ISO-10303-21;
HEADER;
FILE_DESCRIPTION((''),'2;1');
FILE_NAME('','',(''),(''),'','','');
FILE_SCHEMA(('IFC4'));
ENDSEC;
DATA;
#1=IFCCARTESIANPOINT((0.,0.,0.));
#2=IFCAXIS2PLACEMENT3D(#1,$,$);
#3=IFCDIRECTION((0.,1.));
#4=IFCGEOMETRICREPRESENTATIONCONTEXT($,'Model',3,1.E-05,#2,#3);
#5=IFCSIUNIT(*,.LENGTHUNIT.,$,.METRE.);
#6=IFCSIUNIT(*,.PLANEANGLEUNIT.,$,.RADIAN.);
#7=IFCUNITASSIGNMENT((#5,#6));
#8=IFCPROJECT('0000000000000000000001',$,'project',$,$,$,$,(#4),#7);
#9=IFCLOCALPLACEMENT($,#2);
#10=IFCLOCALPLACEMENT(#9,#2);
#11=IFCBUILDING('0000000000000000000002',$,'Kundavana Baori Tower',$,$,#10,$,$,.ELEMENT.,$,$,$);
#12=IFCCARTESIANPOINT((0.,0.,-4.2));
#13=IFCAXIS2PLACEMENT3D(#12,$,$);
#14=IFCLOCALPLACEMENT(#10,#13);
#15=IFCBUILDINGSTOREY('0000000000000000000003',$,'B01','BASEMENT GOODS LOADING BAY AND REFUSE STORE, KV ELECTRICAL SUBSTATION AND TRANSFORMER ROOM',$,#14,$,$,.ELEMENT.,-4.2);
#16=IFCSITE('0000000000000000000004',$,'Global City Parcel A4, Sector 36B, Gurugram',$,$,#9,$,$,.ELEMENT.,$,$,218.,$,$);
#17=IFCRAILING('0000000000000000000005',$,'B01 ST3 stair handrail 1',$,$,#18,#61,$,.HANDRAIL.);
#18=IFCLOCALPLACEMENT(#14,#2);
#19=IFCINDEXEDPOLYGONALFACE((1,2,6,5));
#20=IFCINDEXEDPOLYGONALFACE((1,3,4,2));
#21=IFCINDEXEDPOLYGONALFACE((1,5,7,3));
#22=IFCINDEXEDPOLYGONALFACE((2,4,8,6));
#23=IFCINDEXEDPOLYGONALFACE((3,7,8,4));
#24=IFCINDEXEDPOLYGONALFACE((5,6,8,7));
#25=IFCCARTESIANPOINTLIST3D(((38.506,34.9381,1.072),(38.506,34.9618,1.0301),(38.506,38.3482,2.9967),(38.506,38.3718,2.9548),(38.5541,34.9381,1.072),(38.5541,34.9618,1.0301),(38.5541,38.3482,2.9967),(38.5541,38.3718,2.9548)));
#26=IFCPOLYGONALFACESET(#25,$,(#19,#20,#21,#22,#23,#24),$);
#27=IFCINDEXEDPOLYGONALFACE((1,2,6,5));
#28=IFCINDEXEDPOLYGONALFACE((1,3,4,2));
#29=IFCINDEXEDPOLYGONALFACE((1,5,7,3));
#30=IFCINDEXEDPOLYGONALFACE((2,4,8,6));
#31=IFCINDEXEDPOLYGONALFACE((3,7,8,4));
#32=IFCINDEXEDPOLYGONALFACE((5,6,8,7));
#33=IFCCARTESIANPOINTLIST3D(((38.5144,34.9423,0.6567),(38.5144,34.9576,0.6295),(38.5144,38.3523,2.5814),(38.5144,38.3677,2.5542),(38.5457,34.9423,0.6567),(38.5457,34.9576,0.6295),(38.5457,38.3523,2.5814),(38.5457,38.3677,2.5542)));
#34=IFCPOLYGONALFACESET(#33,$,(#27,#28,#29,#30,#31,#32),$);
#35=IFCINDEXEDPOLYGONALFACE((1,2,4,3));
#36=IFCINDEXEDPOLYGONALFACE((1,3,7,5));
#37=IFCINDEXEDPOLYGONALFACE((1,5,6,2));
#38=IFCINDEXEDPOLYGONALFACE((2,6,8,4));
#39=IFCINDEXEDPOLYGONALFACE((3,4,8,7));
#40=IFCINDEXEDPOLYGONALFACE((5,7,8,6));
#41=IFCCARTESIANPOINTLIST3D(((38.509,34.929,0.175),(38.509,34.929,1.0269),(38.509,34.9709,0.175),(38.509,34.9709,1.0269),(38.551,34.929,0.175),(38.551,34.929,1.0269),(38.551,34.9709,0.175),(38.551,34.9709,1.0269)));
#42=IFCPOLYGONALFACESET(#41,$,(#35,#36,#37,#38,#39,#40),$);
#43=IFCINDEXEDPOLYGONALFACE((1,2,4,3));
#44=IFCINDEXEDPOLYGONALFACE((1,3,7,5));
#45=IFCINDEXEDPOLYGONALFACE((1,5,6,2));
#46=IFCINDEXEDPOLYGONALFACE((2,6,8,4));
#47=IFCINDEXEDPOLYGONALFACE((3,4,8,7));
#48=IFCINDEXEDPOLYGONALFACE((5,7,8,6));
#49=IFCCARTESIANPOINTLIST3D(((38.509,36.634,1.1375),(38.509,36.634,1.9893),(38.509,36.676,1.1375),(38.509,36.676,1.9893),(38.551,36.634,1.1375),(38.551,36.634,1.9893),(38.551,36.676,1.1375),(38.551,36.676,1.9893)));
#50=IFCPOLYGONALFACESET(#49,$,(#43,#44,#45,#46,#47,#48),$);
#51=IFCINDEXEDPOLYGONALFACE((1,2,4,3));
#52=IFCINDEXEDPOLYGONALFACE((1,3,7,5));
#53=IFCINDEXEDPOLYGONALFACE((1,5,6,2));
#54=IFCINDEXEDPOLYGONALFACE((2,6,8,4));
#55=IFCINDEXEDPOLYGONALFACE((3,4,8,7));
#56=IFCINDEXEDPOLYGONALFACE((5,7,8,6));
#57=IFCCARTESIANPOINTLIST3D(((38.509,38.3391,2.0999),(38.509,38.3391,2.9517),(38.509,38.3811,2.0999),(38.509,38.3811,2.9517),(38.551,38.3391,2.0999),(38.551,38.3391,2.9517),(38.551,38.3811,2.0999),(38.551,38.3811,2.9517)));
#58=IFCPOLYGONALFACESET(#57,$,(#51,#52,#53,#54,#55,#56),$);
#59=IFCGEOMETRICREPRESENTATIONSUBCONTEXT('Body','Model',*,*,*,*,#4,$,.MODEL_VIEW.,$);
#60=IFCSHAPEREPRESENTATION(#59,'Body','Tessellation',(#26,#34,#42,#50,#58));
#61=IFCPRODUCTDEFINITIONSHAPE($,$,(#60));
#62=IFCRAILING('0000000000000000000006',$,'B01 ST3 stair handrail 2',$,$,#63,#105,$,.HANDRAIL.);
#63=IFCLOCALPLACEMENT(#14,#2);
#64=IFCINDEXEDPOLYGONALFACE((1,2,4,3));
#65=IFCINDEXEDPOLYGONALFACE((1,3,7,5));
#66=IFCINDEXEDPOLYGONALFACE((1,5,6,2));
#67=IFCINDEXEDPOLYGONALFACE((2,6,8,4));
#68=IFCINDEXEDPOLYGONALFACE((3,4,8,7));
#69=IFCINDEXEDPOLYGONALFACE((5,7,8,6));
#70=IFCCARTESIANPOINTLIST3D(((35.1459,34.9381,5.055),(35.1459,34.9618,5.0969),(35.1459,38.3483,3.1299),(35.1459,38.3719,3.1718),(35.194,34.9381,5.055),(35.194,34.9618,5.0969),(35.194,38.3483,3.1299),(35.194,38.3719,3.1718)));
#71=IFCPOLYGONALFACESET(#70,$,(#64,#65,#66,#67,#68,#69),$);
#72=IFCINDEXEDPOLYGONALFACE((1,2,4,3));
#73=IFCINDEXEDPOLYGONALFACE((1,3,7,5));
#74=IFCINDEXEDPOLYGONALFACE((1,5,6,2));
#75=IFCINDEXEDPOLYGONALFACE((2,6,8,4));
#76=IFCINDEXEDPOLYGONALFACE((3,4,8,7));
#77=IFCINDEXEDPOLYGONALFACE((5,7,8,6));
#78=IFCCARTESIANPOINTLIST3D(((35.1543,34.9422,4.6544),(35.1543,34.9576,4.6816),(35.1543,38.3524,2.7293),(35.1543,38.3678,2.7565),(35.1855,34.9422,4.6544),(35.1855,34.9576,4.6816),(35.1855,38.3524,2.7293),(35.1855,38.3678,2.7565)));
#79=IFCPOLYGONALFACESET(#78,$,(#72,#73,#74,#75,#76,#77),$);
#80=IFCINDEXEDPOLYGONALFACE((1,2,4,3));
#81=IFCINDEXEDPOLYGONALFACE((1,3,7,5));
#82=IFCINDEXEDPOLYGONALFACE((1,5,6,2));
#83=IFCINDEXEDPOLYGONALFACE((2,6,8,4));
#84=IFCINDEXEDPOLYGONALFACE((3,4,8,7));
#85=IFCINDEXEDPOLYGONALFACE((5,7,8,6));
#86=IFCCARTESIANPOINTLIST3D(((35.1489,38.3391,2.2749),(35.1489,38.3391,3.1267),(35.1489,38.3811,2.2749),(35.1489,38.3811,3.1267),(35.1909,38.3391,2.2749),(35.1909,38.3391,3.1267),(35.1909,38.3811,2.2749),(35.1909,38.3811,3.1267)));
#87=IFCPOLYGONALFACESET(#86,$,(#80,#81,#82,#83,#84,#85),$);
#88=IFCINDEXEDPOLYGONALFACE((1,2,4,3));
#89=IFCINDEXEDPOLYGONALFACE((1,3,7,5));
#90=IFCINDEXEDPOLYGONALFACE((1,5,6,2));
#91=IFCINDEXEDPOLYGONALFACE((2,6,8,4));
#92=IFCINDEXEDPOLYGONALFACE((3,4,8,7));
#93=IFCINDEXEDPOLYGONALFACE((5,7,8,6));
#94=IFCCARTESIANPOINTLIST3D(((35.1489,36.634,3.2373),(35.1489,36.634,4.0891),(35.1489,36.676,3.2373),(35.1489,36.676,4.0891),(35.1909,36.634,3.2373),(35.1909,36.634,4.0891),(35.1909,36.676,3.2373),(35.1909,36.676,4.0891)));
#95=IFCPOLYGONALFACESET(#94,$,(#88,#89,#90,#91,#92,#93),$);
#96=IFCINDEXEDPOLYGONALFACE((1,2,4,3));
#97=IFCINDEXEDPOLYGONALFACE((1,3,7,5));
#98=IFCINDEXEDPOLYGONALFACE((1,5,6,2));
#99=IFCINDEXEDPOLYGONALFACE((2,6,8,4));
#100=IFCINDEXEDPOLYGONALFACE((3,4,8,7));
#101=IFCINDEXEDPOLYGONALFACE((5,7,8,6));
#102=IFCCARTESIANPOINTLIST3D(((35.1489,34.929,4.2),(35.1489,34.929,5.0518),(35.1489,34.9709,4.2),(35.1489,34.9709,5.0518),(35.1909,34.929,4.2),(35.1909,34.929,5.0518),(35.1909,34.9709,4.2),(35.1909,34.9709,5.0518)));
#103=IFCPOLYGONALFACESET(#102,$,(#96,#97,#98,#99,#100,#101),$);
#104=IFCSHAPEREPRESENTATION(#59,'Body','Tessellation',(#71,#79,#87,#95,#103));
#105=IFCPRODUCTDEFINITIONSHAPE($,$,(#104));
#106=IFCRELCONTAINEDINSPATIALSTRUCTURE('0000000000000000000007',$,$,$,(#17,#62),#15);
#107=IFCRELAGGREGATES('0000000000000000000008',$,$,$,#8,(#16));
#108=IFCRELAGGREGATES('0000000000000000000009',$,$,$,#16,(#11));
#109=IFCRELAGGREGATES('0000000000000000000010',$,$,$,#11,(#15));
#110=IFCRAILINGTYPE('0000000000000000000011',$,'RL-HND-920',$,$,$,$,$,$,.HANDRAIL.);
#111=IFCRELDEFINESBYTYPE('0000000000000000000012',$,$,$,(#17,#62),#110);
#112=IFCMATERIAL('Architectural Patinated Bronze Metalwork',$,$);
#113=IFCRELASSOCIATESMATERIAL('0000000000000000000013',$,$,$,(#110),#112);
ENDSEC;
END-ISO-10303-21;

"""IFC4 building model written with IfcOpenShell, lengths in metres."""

from ifc_helpers import new_model, si_unit, direction, frame, origin, origin_2d, place, context, subcontext, project, spatial, rectangle, extrude, material, type_object, element, save


model = new_model("IFC4")

# Units and contexts
model_context = context("Model", 3, precision=1e-05, world=origin(), true_north=direction((0.0, 1.0)))
body_context = subcontext(model_context, "Body", "Model", "MODEL_VIEW")
ifc_project = project(units=[si_unit("LENGTHUNIT", "METRE"), si_unit("PLANEANGLEUNIT", "RADIAN")], contexts=[model_context])

# Site, building, storey
site_placement = place(None, origin())
site = spatial("IfcSite", under=ifc_project, at=site_placement, Name="Global City Parcel A4, Sector 36B, Gurugram", CompositionType="ELEMENT", RefElevation=218.0)
building_placement = place(site_placement, origin())
building = spatial("IfcBuilding", under=site, at=building_placement, Name="Kundavana Baori Tower", CompositionType="ELEMENT")
storey_placement = place(building_placement, frame((0.0, 0.0, -4.2)))
storey = spatial("IfcBuildingStorey", under=building, at=storey_placement, Name="B01", Description="BASEMENT GOODS LOADING BAY AND REFUSE STORE, KV ELECTRICAL SUBSTATION AND TRANSFORMER ROOM", CompositionType="ELEMENT", Elevation=-4.2)

# Railings
ifc_material_1 = material(Name="Architectural Patinated Bronze Metalwork")
railing_type_1 = type_object("IfcRailingType", Name="RL-HND-920", PredefinedType="HANDRAIL", material=ifc_material_1)
railing_1_placement = place(storey_placement, frame((38.53, 34.95, 0.175)))
element("IfcRailing", 1, at=railing_1_placement, inside=storey, type_object=railing_type_1, Name="B01 ST3 stair handrail 1", PredefinedType="HANDRAIL", context=body_context, shape_type="SweptSolid", body=[
    extrude(rectangle(XDim=0.0481, YDim=0.0481, at=origin_2d()), frame((0.0, 0.0, 0.876), z_axis=(0.0, 0.870855, 0.491539), x_axis=(-1.0, 0.0, 0.0)), (0.0, 0.0, 1.0), 3.9158),
    extrude(rectangle(XDim=0.0312, YDim=0.0312, at=origin_2d()), frame((0.0, 0.0, 0.468), z_axis=(0.0, 0.870855, 0.491539), x_axis=(-1.0, 0.0, 0.0)), (0.0, 0.0, 1.0), 3.9158),
    extrude(rectangle(XDim=0.042, YDim=0.042, at=origin_2d()), origin(), (0.0, 0.0, 1.0), 0.8518),
    extrude(rectangle(XDim=0.042, YDim=0.042, at=origin_2d()), frame((0.0, 1.7051, 0.9624)), (0.0, 0.0, 1.0), 0.8518),
    extrude(rectangle(XDim=0.042, YDim=0.042, at=origin_2d()), frame((0.0, 3.4102, 1.9248)), (0.0, 0.0, 1.0), 0.8518),
])
railing_2_placement = place(storey_placement, frame((35.1699, 38.3601, 2.2749)))
element("IfcRailing", 2, at=railing_2_placement, inside=storey, type_object=railing_type_1, Name="B01 ST3 stair handrail 2", PredefinedType="HANDRAIL", context=body_context, shape_type="SweptSolid", body=[
    extrude(rectangle(XDim=0.0481, YDim=0.0481, at=origin_2d()), frame((0.0, 0.0, 0.876), z_axis=(0.0, -0.870829, 0.491587), x_axis=(1.0, 0.0, 0.0)), (0.0, 0.0, 1.0), 3.916),
    extrude(rectangle(XDim=0.0312, YDim=0.0312, at=origin_2d()), frame((0.0, 0.0, 0.468), z_axis=(0.0, -0.870829, 0.491587), x_axis=(1.0, 0.0, 0.0)), (0.0, 0.0, 1.0), 3.916),
    extrude(rectangle(XDim=0.042, YDim=0.042, at=origin_2d()), origin(), (0.0, 0.0, 1.0), 0.8518),
    extrude(rectangle(XDim=0.042, YDim=0.042, at=origin_2d()), frame((0.0, -1.7051, 0.9624)), (0.0, 0.0, 1.0), 0.8518),
    extrude(rectangle(XDim=0.042, YDim=0.042, at=origin_2d()), frame((0.0, -3.4102, 1.925)), (0.0, 0.0, 1.0), 0.8518),
])

save(model, "model.ifc")
